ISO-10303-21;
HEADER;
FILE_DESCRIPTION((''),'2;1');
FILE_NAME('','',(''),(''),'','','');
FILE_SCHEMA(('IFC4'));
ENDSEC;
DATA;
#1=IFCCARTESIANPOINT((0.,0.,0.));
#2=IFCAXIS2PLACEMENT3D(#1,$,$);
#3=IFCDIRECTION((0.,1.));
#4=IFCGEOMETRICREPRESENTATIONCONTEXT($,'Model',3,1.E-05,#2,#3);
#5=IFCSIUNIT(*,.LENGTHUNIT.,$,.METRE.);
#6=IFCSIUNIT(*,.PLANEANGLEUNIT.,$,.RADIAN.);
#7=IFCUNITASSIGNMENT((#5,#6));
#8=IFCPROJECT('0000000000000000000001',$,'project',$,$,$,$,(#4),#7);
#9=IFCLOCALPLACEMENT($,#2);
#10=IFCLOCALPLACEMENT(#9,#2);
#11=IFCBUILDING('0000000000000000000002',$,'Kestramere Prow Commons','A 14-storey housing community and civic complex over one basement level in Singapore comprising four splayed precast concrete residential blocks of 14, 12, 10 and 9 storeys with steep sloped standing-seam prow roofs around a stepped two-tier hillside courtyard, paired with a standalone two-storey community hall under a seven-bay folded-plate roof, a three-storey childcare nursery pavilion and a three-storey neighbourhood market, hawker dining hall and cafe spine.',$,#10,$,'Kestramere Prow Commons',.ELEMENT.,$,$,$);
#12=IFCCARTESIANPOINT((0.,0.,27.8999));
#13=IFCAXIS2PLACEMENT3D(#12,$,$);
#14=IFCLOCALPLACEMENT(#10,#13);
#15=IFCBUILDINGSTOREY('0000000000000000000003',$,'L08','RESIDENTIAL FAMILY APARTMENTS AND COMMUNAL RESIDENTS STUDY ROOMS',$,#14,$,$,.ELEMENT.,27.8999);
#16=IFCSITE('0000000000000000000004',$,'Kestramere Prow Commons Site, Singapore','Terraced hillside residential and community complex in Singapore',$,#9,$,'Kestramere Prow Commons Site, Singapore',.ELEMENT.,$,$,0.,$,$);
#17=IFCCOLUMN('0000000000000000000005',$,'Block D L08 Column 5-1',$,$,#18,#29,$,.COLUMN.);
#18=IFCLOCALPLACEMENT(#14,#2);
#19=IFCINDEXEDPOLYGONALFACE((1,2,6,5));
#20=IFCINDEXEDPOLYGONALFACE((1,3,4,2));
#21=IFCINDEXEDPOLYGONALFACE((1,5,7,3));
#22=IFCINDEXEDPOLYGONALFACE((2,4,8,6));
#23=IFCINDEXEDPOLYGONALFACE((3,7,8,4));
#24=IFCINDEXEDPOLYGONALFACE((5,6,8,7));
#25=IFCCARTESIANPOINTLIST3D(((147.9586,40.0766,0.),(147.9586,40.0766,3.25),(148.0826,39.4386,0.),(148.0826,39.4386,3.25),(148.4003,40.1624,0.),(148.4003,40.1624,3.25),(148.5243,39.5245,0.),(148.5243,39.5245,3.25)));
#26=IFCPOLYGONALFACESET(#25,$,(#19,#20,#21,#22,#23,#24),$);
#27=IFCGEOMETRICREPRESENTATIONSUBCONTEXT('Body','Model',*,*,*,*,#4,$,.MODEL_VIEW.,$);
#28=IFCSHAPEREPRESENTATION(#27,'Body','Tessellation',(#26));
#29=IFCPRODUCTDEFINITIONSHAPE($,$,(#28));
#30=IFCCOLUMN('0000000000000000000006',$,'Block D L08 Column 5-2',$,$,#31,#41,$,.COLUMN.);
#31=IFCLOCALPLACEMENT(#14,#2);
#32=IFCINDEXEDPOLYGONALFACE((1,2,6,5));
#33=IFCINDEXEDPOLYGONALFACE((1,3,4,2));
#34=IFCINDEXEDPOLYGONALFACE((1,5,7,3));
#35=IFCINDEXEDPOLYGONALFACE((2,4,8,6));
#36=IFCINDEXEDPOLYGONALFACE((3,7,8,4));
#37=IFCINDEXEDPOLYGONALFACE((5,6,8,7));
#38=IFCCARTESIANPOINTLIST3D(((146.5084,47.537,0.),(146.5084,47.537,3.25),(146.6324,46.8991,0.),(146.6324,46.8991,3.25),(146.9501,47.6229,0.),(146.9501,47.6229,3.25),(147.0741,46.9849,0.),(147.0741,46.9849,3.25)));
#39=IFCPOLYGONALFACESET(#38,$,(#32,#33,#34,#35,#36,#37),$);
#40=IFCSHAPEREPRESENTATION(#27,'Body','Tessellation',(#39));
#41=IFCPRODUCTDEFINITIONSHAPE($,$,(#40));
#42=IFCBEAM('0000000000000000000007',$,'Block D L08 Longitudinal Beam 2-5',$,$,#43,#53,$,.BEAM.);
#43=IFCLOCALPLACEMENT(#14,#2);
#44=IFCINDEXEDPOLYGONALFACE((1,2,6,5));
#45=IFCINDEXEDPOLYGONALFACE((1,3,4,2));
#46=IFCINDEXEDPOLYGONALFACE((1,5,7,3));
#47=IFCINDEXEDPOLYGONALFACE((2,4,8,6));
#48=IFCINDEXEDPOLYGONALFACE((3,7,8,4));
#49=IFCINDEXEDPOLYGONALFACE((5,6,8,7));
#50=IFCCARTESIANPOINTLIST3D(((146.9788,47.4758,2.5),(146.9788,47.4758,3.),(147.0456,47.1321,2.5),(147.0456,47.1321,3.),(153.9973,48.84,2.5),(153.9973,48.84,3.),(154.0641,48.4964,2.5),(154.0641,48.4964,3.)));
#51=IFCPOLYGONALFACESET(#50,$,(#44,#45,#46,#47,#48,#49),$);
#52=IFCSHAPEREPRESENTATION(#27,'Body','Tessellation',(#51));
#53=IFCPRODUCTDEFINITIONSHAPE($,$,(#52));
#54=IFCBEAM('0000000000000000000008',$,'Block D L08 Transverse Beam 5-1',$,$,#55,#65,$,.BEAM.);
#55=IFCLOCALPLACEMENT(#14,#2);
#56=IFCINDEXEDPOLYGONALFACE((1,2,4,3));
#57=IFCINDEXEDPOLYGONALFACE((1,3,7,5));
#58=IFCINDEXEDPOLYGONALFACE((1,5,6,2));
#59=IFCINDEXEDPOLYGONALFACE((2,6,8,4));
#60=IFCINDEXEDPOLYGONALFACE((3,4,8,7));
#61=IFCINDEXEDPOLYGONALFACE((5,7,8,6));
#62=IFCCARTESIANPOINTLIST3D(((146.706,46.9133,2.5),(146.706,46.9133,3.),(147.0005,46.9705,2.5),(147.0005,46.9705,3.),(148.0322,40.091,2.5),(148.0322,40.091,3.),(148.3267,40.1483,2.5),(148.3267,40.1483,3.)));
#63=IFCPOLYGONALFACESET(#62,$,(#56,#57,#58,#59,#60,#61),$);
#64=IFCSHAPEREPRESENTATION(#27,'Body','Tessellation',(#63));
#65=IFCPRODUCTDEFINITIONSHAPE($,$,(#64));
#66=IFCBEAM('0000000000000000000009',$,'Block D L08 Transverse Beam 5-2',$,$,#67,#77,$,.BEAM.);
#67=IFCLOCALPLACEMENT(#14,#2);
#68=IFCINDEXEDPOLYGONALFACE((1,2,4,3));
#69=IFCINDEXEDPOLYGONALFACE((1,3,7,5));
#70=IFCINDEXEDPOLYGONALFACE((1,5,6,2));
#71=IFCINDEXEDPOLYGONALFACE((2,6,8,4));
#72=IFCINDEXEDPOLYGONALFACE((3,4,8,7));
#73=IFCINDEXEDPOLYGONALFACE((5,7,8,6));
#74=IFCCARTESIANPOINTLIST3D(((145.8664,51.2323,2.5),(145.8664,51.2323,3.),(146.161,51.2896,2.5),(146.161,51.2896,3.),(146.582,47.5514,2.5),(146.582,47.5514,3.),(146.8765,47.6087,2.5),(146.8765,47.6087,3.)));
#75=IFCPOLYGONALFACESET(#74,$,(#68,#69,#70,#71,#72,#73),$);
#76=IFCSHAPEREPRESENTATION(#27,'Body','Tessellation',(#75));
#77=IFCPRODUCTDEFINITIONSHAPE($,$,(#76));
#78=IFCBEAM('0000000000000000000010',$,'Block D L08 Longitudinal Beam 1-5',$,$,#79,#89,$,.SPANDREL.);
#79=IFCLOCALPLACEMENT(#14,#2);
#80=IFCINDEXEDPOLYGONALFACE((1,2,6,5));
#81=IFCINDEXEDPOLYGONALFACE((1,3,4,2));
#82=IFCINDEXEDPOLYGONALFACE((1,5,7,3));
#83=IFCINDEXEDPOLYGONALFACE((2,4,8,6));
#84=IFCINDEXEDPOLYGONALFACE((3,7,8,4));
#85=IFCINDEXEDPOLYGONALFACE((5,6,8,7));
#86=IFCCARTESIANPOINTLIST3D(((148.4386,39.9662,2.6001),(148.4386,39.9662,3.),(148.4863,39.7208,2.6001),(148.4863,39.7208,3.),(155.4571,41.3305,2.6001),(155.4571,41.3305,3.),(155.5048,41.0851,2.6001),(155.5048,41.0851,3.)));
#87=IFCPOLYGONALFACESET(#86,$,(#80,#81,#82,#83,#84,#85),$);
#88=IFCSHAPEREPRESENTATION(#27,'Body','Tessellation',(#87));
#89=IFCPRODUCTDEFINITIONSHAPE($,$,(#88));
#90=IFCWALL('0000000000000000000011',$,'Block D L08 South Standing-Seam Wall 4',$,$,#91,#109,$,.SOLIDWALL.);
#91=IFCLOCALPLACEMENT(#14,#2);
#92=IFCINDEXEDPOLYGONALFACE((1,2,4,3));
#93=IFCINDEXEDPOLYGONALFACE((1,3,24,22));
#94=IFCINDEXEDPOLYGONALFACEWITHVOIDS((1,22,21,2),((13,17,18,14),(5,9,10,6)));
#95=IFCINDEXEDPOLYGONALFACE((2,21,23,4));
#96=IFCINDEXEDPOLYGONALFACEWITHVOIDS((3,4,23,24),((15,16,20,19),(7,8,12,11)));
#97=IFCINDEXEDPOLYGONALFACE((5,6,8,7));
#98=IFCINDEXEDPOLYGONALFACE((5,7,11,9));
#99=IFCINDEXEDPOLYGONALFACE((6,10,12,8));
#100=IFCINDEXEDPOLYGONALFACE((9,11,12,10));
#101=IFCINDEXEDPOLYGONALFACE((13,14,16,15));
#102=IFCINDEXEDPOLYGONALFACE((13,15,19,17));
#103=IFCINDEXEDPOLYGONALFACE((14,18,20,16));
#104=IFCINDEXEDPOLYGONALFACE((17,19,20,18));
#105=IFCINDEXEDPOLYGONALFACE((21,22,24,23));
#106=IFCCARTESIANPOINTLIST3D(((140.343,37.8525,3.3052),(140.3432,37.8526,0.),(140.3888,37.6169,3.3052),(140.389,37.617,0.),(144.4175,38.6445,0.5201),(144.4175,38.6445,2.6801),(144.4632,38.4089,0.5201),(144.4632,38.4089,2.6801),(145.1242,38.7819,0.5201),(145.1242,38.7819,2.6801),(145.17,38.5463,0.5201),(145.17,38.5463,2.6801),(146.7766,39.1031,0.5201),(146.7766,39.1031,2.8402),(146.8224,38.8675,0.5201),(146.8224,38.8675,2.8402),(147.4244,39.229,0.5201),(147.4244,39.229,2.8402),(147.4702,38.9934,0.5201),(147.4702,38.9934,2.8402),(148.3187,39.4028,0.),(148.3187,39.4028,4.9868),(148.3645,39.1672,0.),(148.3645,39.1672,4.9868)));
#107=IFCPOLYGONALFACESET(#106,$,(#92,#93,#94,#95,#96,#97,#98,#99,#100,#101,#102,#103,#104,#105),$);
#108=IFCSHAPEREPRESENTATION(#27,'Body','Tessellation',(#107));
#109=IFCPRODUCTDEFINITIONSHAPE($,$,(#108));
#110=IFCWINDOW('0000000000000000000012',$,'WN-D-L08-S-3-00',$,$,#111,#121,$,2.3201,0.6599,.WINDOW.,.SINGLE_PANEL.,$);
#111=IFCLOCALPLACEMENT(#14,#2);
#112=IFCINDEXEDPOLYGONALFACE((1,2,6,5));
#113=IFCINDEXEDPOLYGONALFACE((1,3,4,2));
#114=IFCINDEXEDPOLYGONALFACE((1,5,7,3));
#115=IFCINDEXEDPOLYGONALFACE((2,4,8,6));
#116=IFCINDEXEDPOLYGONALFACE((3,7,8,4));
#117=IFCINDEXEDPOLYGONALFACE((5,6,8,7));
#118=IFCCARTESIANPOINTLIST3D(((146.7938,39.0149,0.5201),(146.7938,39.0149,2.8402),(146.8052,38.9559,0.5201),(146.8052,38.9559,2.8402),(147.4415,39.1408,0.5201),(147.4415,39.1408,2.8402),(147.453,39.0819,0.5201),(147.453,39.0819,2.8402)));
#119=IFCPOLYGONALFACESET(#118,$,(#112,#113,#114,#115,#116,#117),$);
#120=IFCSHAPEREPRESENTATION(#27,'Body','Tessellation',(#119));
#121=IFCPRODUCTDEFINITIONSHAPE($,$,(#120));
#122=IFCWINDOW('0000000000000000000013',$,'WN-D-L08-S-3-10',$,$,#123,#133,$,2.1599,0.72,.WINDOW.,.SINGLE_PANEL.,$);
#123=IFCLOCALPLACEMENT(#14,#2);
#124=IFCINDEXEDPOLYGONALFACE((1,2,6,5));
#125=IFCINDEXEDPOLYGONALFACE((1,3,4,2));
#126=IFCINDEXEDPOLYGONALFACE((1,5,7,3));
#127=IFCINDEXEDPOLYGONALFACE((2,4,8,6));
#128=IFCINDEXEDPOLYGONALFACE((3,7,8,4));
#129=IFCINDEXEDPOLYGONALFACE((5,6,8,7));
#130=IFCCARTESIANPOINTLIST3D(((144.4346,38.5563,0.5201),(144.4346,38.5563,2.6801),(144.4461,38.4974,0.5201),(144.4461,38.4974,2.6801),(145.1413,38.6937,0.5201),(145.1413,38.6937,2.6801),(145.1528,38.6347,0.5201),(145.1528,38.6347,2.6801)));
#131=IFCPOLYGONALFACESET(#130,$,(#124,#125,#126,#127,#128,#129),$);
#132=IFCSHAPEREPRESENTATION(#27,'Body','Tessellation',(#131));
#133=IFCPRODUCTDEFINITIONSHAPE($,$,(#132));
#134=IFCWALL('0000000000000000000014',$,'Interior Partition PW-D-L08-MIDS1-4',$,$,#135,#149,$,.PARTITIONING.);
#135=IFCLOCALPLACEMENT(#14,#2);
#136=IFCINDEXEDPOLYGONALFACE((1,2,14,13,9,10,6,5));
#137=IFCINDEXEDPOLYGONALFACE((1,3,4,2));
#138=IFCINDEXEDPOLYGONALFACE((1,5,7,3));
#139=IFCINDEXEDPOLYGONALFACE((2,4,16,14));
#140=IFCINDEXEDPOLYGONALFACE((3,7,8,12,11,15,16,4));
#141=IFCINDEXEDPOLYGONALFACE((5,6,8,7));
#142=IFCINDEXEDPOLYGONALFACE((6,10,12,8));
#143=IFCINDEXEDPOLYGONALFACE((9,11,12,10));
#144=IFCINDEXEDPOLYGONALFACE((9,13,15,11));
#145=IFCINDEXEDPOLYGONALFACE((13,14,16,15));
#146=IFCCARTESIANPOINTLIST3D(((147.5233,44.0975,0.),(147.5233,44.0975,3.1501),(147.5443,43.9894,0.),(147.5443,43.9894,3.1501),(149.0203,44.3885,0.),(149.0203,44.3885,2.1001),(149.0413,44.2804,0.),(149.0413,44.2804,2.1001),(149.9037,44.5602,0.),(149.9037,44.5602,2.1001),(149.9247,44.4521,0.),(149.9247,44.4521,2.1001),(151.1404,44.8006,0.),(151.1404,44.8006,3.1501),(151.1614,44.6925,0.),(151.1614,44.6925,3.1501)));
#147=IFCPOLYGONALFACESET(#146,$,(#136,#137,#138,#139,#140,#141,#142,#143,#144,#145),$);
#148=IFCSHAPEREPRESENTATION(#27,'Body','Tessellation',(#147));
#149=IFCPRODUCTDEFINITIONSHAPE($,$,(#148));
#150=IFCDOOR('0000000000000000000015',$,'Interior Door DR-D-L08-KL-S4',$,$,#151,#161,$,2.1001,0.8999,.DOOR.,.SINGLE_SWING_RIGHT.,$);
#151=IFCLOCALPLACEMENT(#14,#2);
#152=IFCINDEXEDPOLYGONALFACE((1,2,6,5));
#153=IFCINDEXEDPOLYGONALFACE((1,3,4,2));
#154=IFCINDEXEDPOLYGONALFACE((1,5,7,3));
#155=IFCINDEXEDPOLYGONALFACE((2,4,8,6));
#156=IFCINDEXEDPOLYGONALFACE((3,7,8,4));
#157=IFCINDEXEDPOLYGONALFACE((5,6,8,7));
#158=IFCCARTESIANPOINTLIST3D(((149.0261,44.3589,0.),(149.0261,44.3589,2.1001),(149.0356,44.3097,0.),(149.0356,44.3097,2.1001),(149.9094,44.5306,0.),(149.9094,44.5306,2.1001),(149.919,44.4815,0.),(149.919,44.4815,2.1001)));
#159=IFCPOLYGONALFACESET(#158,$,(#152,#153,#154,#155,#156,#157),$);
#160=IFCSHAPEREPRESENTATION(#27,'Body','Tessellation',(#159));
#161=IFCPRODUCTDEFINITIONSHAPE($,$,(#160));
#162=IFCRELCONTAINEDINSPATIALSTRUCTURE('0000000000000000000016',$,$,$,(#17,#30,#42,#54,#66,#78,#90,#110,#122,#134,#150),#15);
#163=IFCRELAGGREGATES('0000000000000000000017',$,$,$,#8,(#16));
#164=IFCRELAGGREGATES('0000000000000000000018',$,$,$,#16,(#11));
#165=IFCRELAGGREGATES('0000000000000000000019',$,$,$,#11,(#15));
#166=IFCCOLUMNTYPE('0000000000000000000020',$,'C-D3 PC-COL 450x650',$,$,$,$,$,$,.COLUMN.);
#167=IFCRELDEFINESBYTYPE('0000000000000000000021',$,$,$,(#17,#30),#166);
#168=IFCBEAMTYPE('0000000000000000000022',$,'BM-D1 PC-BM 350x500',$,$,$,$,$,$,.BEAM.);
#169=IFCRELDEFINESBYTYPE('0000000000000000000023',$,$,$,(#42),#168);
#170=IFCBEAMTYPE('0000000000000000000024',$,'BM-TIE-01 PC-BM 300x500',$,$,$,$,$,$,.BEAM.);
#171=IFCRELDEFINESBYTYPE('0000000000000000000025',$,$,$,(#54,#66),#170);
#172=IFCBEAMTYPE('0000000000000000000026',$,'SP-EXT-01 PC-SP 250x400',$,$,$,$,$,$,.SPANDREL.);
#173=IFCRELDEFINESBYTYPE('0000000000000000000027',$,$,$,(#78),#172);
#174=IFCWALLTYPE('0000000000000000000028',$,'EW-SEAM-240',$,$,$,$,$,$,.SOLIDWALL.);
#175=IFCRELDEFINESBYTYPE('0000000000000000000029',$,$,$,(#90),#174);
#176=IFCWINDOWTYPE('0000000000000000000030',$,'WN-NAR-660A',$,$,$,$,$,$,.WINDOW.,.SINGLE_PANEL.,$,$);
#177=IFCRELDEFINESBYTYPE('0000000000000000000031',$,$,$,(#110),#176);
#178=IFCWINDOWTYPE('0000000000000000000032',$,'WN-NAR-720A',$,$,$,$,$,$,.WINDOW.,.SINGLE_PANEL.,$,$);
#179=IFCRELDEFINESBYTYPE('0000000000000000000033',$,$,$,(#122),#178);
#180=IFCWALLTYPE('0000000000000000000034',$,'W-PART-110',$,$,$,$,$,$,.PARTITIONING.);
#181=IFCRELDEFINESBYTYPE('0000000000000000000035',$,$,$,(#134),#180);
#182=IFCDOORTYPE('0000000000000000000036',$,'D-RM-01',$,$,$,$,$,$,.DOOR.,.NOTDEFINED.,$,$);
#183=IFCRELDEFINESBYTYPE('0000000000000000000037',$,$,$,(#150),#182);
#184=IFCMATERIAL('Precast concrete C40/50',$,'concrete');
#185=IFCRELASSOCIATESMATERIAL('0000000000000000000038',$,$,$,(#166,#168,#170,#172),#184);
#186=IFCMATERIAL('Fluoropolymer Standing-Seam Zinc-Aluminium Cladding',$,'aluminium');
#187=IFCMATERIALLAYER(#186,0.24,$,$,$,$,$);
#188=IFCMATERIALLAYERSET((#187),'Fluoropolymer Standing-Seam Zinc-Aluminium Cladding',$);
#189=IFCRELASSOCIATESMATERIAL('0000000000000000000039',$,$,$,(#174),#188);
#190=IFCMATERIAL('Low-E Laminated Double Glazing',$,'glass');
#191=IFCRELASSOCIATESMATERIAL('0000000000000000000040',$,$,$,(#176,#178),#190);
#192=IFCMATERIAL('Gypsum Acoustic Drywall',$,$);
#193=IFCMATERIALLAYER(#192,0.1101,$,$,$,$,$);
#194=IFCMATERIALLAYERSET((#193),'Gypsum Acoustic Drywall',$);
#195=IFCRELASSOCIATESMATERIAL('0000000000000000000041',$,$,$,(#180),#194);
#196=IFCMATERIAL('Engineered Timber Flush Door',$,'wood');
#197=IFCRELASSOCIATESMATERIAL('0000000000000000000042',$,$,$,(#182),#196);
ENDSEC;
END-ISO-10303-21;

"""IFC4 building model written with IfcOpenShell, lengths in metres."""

from ifc_helpers import new_model, si_unit, direction, frame, frame_2d, origin, origin_2d, place, context, subcontext, project, spatial, polyline, rectangle, outline, extrude, material, layer, layer_set, material_profile, profile_set, type_object, element, fill, save


model = new_model("IFC4")

# Units and contexts
model_context = context("Model", 3, precision=1e-05, world=origin(), true_north=direction((0.0, 1.0)))
body_context = subcontext(model_context, "Body", "Model", "MODEL_VIEW")
ifc_project = project(units=[si_unit("LENGTHUNIT", "METRE"), si_unit("PLANEANGLEUNIT", "RADIAN")], contexts=[model_context])

# Site, building, storey
site_placement = place(None, origin())
site = spatial("IfcSite", under=ifc_project, at=site_placement, Name="Kestramere Prow Commons Site, Singapore", Description="Terraced hillside residential and community complex in Singapore", LongName="Kestramere Prow Commons Site, Singapore", CompositionType="ELEMENT", RefElevation=0.0)
building_placement = place(site_placement, origin())
building = spatial("IfcBuilding", under=site, at=building_placement, Name="Kestramere Prow Commons", Description="A 14-storey housing community and civic complex over one basement level in Singapore comprising four splayed precast concrete residential blocks of 14, 12, 10 and 9 storeys with steep sloped standing-seam prow roofs around a stepped two-tier hillside courtyard, paired with a standalone two-storey community hall under a seven-bay folded-plate roof, a three-storey childcare nursery pavilion and a three-storey neighbourhood market, hawker dining hall and cafe spine.", LongName="Kestramere Prow Commons", CompositionType="ELEMENT")
storey_placement = place(building_placement, frame((0.0, 0.0, 27.8999)))
storey = spatial("IfcBuildingStorey", under=building, at=storey_placement, Name="L08", Description="RESIDENTIAL FAMILY APARTMENTS AND COMMUNAL RESIDENTS STUDY ROOMS", CompositionType="ELEMENT", Elevation=27.8999)

# Columns
ifc_material_1 = material(Name="Precast concrete C40/50", Category="concrete")
ifc_material_profile_1 = material_profile(ifc_material_1, rectangle(XDim=0.45, YDim=0.6499, at=origin_2d()), Name="PC-COL 450x650")
ifc_profile_set_1 = profile_set([ifc_material_profile_1], Name="Precast concrete C40/50")
column_type = type_object("IfcColumnType", Name="C-D3 PC-COL 450x650", PredefinedType="COLUMN", material=ifc_profile_set_1)
for number, where, z_axis, x_axis, name in (
    (1, (148.2415, 39.8005, 0.0), (0.0, 0.0, 1.0), (0.981627, 0.190809, 0.0), "Block D L08 Column 5-1"),
    (2, (146.7913, 47.261, 0.0), (0.0, 0.0, 1.0), (0.981627, 0.190809, 0.0), "Block D L08 Column 5-2"),
):
    element("IfcColumn", number, at=place(storey_placement, frame(where, z_axis=z_axis, x_axis=x_axis)), inside=storey, type_object=column_type, Name=name, PredefinedType="COLUMN", context=body_context, shape_type="SweptSolid", body=[
        extrude(rectangle(XDim=0.45, YDim=0.6499, at=origin_2d()), origin(), (0.0, 0.0, 1.0), 3.25),
    ])

# Beams
ifc_material_profile_2 = material_profile(ifc_material_1, rectangle(XDim=0.3501, YDim=0.5, at=origin_2d()), Name="PC-BM 350x500")
ifc_profile_set_2 = profile_set([ifc_material_profile_2], Name="Precast concrete C40/50")
beam_type_1 = type_object("IfcBeamType", Name="BM-D1 PC-BM 350x500", PredefinedType="BEAM", material=ifc_profile_set_2)
beam_1_placement = place(storey_placement, frame((147.0122, 47.304, 2.75), z_axis=(0.981627, 0.190808, 0.0), x_axis=(-0.190808, 0.981627, 0.0)))
element("IfcBeam", 3, at=beam_1_placement, inside=storey, type_object=beam_type_1, Name="Block D L08 Longitudinal Beam 2-5", PredefinedType="BEAM", context=body_context, shape_type="SweptSolid", body=[
    extrude(rectangle(XDim=0.3501, YDim=0.5, at=origin_2d()), origin(), (0.0, 0.0, 1.0), 7.1499),
])
ifc_material_profile_3 = material_profile(ifc_material_1, rectangle(XDim=0.3, YDim=0.5, at=origin_2d()), Name="PC-BM 300x500")
ifc_profile_set_3 = profile_set([ifc_material_profile_3], Name="Precast concrete C40/50")
beam_type_2 = type_object("IfcBeamType", Name="BM-TIE-01 PC-BM 300x500", PredefinedType="BEAM", material=ifc_profile_set_3)
beam_2_placement = place(storey_placement, frame((148.1794, 40.1196, 2.75), z_axis=(-0.190817, 0.981626, 0.0), x_axis=(-0.981626, -0.190817, 0.0)))
element("IfcBeam", 4, at=beam_2_placement, inside=storey, type_object=beam_type_2, Name="Block D L08 Transverse Beam 5-1", PredefinedType="BEAM", context=body_context, shape_type="SweptSolid", body=[
    extrude(rectangle(XDim=0.3, YDim=0.5, at=origin_2d()), origin(), (0.0, 0.0, 1.0), 6.95),
])
beam_3_placement = place(storey_placement, frame((146.7292, 47.5801, 2.75), z_axis=(-0.19083, 0.981623, 0.0), x_axis=(-0.981623, -0.19083, 0.0)))
element("IfcBeam", 5, at=beam_3_placement, inside=storey, type_object=beam_type_2, Name="Block D L08 Transverse Beam 5-2", PredefinedType="BEAM", context=body_context, shape_type="SweptSolid", body=[
    extrude(rectangle(XDim=0.3, YDim=0.5, at=origin_2d()), origin(), (0.0, 0.0, 1.0), 3.7498),
])
ifc_material_profile_4 = material_profile(ifc_material_1, rectangle(XDim=0.25, YDim=0.3999, at=origin_2d()), Name="PC-SP 250x400")
ifc_profile_set_4 = profile_set([ifc_material_profile_4], Name="Precast concrete C40/50")
beam_type_3 = type_object("IfcBeamType", Name="SP-EXT-01 PC-SP 250x400", PredefinedType="SPANDREL", material=ifc_profile_set_4)
beam_4_placement = place(storey_placement, frame((148.4624, 39.8435, 2.8), z_axis=(0.981627, 0.190808, 0.0), x_axis=(-0.190808, 0.981627, 0.0)))
element("IfcBeam", 6, at=beam_4_placement, inside=storey, type_object=beam_type_3, Name="Block D L08 Longitudinal Beam 1-5", PredefinedType="SPANDREL", context=body_context, shape_type="SweptSolid", body=[
    extrude(rectangle(XDim=0.25, YDim=0.3999, at=origin_2d()), origin(), (0.0, 0.0, 1.0), 7.1499),
])

# Wall, openings, windows
ifc_material_2 = material(Name="Fluoropolymer Standing-Seam Zinc-Aluminium Cladding", Category="aluminium")
ifc_layer_1 = layer(ifc_material_2, 0.24)
ifc_layer_set_1 = layer_set([ifc_layer_1], Name="Fluoropolymer Standing-Seam Zinc-Aluminium Cladding")
wall_type_1 = type_object("IfcWallType", Name="EW-SEAM-240", PredefinedType="SOLIDWALL", material=ifc_layer_set_1)
wall_1_placement = place(storey_placement, frame((148.3416, 39.2852, 0.0), z_axis=(0.0, 0.0, 1.0), x_axis=(-0.981627, -0.190809, 0.0)))
wall_1 = element("IfcWall", 7, at=wall_1_placement, inside=storey, type_object=wall_type_1, Name="Block D L08 South Standing-Seam Wall 4", PredefinedType="SOLIDWALL", context=body_context, shape_type="SweptSolid", body=[
    extrude(outline(polyline([(0.0, 0.0), (8.1248, 0.0), (8.125, 3.3052), (0.0, 4.9868), (0.0, 0.0)])), frame((0.0, 0.1201, 0.0), z_axis=(0.0, -1.0, 0.0), x_axis=(1.0, 0.0, 0.0)), (0.0, 0.0, 1.0), 0.24),
])
opening_1_placement = place(wall_1_placement, frame((0.9109, 0.0, 0.52)))
opening_1 = element("IfcOpeningElement", 8, at=opening_1_placement, cuts=wall_1, PredefinedType="OPENING", context=body_context, shape_type="SweptSolid", body=[
    extrude(rectangle(XDim=0.6599, YDim=2.3201, at=frame_2d((0.3301, 1.1602))), frame((0.0, 0.135, 0.0), z_axis=(0.0, -1.0, 0.0), x_axis=(1.0, 0.0, 0.0)), (0.0, 0.0, 1.0), 0.27),
])
opening_2_placement = place(wall_1_placement, frame((3.2544, 0.0, 0.52)))
opening_2 = element("IfcOpeningElement", 9, at=opening_2_placement, cuts=wall_1, PredefinedType="OPENING", context=body_context, shape_type="SweptSolid", body=[
    extrude(rectangle(XDim=0.72, YDim=2.1599, at=frame_2d((0.3599, 1.0801))), frame((0.0, 0.135, 0.0), z_axis=(0.0, -1.0, 0.0), x_axis=(1.0, 0.0, 0.0)), (0.0, 0.0, 1.0), 0.27),
])
ifc_material_3 = material(Name="Low-E Laminated Double Glazing", Category="glass")
window_type_1 = type_object("IfcWindowType", Name="WN-NAR-660A", PartitioningType="SINGLE_PANEL", PredefinedType="WINDOW", material=ifc_material_3)
window_1_placement = place(opening_1_placement, origin())
window_1 = element("IfcWindow", 10, at=window_1_placement, inside=storey, type_object=window_type_1, Name="WN-D-L08-S-3-00", OverallHeight=2.3201, OverallWidth=0.6599, PartitioningType="SINGLE_PANEL", PredefinedType="WINDOW", context=body_context, shape_type="SweptSolid", body=[
    extrude(rectangle(XDim=0.6599, YDim=2.3201, at=frame_2d((0.3301, 1.1602))), frame((0.0, 0.03, 0.0), z_axis=(0.0, -1.0, 0.0), x_axis=(1.0, 0.0, 0.0)), (0.0, 0.0, 1.0), 0.0601),
])
fill(opening_1, window_1)
window_type_2 = type_object("IfcWindowType", Name="WN-NAR-720A", PartitioningType="SINGLE_PANEL", PredefinedType="WINDOW", material=ifc_material_3)
window_2_placement = place(opening_2_placement, origin())
window_2 = element("IfcWindow", 11, at=window_2_placement, inside=storey, type_object=window_type_2, Name="WN-D-L08-S-3-10", OverallHeight=2.1599, OverallWidth=0.72, PartitioningType="SINGLE_PANEL", PredefinedType="WINDOW", context=body_context, shape_type="SweptSolid", body=[
    extrude(rectangle(XDim=0.72, YDim=2.1599, at=frame_2d((0.3599, 1.0801))), frame((0.0, 0.03, 0.0), z_axis=(0.0, -1.0, 0.0), x_axis=(1.0, 0.0, 0.0)), (0.0, 0.0, 1.0), 0.0601),
])
fill(opening_2, window_2)

# Wall, opening, door
ifc_material_4 = material(Name="Gypsum Acoustic Drywall")
ifc_layer_2 = layer(ifc_material_4, 0.1101)
ifc_layer_set_2 = layer_set([ifc_layer_2], Name="Gypsum Acoustic Drywall")
wall_type_2 = type_object("IfcWallType", Name="W-PART-110", PredefinedType="PARTITIONING", material=ifc_layer_set_2)
wall_2_placement = place(storey_placement, frame((147.5339, 44.0435, 0.0), z_axis=(0.0, 0.0, 1.0), x_axis=(0.981626, 0.190813, 0.0)))
wall_2 = element("IfcWall", 12, at=wall_2_placement, inside=storey, type_object=wall_type_2, Name="Interior Partition PW-D-L08-MIDS1-4", PredefinedType="PARTITIONING", context=body_context, shape_type="SweptSolid", body=[
    extrude(rectangle(XDim=3.6848, YDim=0.1101, at=frame_2d((1.8423, 0.0))), origin(), (0.0, 0.0, 1.0), 3.1501),
])
opening_3_placement = place(wall_2_placement, frame((1.5249, 0.0, 0.0)))
opening_3 = element("IfcOpeningElement", 13, at=opening_3_placement, cuts=wall_2, PredefinedType="OPENING", context=body_context, shape_type="SweptSolid", body=[
    extrude(rectangle(XDim=0.8999, YDim=2.1001, at=frame_2d((0.45, 1.05))), frame((0.0, 0.0701, 0.0), z_axis=(0.0, -1.0, 0.0), x_axis=(1.0, 0.0, 0.0)), (0.0, 0.0, 1.0), 0.1401),
])
ifc_material_5 = material(Name="Engineered Timber Flush Door", Category="wood")
door_type_1 = type_object("IfcDoorType", Name="D-RM-01", OperationType="NOTDEFINED", PredefinedType="DOOR", material=ifc_material_5)
door_1_placement = place(opening_3_placement, origin())
door_1 = element("IfcDoor", 14, at=door_1_placement, inside=storey, type_object=door_type_1, Name="Interior Door DR-D-L08-KL-S4", OperationType="SINGLE_SWING_RIGHT", OverallHeight=2.1001, OverallWidth=0.8999, PredefinedType="DOOR", context=body_context, shape_type="SweptSolid", body=[
    extrude(rectangle(XDim=0.8999, YDim=2.1001, at=frame_2d((0.45, 1.05))), frame((0.0, 0.0249, 0.0), z_axis=(0.0, -1.0, 0.0), x_axis=(1.0, 0.0, 0.0)), (0.0, 0.0, 1.0), 0.05),
])
fill(opening_3, door_1)

save(model, "model.ifc")
